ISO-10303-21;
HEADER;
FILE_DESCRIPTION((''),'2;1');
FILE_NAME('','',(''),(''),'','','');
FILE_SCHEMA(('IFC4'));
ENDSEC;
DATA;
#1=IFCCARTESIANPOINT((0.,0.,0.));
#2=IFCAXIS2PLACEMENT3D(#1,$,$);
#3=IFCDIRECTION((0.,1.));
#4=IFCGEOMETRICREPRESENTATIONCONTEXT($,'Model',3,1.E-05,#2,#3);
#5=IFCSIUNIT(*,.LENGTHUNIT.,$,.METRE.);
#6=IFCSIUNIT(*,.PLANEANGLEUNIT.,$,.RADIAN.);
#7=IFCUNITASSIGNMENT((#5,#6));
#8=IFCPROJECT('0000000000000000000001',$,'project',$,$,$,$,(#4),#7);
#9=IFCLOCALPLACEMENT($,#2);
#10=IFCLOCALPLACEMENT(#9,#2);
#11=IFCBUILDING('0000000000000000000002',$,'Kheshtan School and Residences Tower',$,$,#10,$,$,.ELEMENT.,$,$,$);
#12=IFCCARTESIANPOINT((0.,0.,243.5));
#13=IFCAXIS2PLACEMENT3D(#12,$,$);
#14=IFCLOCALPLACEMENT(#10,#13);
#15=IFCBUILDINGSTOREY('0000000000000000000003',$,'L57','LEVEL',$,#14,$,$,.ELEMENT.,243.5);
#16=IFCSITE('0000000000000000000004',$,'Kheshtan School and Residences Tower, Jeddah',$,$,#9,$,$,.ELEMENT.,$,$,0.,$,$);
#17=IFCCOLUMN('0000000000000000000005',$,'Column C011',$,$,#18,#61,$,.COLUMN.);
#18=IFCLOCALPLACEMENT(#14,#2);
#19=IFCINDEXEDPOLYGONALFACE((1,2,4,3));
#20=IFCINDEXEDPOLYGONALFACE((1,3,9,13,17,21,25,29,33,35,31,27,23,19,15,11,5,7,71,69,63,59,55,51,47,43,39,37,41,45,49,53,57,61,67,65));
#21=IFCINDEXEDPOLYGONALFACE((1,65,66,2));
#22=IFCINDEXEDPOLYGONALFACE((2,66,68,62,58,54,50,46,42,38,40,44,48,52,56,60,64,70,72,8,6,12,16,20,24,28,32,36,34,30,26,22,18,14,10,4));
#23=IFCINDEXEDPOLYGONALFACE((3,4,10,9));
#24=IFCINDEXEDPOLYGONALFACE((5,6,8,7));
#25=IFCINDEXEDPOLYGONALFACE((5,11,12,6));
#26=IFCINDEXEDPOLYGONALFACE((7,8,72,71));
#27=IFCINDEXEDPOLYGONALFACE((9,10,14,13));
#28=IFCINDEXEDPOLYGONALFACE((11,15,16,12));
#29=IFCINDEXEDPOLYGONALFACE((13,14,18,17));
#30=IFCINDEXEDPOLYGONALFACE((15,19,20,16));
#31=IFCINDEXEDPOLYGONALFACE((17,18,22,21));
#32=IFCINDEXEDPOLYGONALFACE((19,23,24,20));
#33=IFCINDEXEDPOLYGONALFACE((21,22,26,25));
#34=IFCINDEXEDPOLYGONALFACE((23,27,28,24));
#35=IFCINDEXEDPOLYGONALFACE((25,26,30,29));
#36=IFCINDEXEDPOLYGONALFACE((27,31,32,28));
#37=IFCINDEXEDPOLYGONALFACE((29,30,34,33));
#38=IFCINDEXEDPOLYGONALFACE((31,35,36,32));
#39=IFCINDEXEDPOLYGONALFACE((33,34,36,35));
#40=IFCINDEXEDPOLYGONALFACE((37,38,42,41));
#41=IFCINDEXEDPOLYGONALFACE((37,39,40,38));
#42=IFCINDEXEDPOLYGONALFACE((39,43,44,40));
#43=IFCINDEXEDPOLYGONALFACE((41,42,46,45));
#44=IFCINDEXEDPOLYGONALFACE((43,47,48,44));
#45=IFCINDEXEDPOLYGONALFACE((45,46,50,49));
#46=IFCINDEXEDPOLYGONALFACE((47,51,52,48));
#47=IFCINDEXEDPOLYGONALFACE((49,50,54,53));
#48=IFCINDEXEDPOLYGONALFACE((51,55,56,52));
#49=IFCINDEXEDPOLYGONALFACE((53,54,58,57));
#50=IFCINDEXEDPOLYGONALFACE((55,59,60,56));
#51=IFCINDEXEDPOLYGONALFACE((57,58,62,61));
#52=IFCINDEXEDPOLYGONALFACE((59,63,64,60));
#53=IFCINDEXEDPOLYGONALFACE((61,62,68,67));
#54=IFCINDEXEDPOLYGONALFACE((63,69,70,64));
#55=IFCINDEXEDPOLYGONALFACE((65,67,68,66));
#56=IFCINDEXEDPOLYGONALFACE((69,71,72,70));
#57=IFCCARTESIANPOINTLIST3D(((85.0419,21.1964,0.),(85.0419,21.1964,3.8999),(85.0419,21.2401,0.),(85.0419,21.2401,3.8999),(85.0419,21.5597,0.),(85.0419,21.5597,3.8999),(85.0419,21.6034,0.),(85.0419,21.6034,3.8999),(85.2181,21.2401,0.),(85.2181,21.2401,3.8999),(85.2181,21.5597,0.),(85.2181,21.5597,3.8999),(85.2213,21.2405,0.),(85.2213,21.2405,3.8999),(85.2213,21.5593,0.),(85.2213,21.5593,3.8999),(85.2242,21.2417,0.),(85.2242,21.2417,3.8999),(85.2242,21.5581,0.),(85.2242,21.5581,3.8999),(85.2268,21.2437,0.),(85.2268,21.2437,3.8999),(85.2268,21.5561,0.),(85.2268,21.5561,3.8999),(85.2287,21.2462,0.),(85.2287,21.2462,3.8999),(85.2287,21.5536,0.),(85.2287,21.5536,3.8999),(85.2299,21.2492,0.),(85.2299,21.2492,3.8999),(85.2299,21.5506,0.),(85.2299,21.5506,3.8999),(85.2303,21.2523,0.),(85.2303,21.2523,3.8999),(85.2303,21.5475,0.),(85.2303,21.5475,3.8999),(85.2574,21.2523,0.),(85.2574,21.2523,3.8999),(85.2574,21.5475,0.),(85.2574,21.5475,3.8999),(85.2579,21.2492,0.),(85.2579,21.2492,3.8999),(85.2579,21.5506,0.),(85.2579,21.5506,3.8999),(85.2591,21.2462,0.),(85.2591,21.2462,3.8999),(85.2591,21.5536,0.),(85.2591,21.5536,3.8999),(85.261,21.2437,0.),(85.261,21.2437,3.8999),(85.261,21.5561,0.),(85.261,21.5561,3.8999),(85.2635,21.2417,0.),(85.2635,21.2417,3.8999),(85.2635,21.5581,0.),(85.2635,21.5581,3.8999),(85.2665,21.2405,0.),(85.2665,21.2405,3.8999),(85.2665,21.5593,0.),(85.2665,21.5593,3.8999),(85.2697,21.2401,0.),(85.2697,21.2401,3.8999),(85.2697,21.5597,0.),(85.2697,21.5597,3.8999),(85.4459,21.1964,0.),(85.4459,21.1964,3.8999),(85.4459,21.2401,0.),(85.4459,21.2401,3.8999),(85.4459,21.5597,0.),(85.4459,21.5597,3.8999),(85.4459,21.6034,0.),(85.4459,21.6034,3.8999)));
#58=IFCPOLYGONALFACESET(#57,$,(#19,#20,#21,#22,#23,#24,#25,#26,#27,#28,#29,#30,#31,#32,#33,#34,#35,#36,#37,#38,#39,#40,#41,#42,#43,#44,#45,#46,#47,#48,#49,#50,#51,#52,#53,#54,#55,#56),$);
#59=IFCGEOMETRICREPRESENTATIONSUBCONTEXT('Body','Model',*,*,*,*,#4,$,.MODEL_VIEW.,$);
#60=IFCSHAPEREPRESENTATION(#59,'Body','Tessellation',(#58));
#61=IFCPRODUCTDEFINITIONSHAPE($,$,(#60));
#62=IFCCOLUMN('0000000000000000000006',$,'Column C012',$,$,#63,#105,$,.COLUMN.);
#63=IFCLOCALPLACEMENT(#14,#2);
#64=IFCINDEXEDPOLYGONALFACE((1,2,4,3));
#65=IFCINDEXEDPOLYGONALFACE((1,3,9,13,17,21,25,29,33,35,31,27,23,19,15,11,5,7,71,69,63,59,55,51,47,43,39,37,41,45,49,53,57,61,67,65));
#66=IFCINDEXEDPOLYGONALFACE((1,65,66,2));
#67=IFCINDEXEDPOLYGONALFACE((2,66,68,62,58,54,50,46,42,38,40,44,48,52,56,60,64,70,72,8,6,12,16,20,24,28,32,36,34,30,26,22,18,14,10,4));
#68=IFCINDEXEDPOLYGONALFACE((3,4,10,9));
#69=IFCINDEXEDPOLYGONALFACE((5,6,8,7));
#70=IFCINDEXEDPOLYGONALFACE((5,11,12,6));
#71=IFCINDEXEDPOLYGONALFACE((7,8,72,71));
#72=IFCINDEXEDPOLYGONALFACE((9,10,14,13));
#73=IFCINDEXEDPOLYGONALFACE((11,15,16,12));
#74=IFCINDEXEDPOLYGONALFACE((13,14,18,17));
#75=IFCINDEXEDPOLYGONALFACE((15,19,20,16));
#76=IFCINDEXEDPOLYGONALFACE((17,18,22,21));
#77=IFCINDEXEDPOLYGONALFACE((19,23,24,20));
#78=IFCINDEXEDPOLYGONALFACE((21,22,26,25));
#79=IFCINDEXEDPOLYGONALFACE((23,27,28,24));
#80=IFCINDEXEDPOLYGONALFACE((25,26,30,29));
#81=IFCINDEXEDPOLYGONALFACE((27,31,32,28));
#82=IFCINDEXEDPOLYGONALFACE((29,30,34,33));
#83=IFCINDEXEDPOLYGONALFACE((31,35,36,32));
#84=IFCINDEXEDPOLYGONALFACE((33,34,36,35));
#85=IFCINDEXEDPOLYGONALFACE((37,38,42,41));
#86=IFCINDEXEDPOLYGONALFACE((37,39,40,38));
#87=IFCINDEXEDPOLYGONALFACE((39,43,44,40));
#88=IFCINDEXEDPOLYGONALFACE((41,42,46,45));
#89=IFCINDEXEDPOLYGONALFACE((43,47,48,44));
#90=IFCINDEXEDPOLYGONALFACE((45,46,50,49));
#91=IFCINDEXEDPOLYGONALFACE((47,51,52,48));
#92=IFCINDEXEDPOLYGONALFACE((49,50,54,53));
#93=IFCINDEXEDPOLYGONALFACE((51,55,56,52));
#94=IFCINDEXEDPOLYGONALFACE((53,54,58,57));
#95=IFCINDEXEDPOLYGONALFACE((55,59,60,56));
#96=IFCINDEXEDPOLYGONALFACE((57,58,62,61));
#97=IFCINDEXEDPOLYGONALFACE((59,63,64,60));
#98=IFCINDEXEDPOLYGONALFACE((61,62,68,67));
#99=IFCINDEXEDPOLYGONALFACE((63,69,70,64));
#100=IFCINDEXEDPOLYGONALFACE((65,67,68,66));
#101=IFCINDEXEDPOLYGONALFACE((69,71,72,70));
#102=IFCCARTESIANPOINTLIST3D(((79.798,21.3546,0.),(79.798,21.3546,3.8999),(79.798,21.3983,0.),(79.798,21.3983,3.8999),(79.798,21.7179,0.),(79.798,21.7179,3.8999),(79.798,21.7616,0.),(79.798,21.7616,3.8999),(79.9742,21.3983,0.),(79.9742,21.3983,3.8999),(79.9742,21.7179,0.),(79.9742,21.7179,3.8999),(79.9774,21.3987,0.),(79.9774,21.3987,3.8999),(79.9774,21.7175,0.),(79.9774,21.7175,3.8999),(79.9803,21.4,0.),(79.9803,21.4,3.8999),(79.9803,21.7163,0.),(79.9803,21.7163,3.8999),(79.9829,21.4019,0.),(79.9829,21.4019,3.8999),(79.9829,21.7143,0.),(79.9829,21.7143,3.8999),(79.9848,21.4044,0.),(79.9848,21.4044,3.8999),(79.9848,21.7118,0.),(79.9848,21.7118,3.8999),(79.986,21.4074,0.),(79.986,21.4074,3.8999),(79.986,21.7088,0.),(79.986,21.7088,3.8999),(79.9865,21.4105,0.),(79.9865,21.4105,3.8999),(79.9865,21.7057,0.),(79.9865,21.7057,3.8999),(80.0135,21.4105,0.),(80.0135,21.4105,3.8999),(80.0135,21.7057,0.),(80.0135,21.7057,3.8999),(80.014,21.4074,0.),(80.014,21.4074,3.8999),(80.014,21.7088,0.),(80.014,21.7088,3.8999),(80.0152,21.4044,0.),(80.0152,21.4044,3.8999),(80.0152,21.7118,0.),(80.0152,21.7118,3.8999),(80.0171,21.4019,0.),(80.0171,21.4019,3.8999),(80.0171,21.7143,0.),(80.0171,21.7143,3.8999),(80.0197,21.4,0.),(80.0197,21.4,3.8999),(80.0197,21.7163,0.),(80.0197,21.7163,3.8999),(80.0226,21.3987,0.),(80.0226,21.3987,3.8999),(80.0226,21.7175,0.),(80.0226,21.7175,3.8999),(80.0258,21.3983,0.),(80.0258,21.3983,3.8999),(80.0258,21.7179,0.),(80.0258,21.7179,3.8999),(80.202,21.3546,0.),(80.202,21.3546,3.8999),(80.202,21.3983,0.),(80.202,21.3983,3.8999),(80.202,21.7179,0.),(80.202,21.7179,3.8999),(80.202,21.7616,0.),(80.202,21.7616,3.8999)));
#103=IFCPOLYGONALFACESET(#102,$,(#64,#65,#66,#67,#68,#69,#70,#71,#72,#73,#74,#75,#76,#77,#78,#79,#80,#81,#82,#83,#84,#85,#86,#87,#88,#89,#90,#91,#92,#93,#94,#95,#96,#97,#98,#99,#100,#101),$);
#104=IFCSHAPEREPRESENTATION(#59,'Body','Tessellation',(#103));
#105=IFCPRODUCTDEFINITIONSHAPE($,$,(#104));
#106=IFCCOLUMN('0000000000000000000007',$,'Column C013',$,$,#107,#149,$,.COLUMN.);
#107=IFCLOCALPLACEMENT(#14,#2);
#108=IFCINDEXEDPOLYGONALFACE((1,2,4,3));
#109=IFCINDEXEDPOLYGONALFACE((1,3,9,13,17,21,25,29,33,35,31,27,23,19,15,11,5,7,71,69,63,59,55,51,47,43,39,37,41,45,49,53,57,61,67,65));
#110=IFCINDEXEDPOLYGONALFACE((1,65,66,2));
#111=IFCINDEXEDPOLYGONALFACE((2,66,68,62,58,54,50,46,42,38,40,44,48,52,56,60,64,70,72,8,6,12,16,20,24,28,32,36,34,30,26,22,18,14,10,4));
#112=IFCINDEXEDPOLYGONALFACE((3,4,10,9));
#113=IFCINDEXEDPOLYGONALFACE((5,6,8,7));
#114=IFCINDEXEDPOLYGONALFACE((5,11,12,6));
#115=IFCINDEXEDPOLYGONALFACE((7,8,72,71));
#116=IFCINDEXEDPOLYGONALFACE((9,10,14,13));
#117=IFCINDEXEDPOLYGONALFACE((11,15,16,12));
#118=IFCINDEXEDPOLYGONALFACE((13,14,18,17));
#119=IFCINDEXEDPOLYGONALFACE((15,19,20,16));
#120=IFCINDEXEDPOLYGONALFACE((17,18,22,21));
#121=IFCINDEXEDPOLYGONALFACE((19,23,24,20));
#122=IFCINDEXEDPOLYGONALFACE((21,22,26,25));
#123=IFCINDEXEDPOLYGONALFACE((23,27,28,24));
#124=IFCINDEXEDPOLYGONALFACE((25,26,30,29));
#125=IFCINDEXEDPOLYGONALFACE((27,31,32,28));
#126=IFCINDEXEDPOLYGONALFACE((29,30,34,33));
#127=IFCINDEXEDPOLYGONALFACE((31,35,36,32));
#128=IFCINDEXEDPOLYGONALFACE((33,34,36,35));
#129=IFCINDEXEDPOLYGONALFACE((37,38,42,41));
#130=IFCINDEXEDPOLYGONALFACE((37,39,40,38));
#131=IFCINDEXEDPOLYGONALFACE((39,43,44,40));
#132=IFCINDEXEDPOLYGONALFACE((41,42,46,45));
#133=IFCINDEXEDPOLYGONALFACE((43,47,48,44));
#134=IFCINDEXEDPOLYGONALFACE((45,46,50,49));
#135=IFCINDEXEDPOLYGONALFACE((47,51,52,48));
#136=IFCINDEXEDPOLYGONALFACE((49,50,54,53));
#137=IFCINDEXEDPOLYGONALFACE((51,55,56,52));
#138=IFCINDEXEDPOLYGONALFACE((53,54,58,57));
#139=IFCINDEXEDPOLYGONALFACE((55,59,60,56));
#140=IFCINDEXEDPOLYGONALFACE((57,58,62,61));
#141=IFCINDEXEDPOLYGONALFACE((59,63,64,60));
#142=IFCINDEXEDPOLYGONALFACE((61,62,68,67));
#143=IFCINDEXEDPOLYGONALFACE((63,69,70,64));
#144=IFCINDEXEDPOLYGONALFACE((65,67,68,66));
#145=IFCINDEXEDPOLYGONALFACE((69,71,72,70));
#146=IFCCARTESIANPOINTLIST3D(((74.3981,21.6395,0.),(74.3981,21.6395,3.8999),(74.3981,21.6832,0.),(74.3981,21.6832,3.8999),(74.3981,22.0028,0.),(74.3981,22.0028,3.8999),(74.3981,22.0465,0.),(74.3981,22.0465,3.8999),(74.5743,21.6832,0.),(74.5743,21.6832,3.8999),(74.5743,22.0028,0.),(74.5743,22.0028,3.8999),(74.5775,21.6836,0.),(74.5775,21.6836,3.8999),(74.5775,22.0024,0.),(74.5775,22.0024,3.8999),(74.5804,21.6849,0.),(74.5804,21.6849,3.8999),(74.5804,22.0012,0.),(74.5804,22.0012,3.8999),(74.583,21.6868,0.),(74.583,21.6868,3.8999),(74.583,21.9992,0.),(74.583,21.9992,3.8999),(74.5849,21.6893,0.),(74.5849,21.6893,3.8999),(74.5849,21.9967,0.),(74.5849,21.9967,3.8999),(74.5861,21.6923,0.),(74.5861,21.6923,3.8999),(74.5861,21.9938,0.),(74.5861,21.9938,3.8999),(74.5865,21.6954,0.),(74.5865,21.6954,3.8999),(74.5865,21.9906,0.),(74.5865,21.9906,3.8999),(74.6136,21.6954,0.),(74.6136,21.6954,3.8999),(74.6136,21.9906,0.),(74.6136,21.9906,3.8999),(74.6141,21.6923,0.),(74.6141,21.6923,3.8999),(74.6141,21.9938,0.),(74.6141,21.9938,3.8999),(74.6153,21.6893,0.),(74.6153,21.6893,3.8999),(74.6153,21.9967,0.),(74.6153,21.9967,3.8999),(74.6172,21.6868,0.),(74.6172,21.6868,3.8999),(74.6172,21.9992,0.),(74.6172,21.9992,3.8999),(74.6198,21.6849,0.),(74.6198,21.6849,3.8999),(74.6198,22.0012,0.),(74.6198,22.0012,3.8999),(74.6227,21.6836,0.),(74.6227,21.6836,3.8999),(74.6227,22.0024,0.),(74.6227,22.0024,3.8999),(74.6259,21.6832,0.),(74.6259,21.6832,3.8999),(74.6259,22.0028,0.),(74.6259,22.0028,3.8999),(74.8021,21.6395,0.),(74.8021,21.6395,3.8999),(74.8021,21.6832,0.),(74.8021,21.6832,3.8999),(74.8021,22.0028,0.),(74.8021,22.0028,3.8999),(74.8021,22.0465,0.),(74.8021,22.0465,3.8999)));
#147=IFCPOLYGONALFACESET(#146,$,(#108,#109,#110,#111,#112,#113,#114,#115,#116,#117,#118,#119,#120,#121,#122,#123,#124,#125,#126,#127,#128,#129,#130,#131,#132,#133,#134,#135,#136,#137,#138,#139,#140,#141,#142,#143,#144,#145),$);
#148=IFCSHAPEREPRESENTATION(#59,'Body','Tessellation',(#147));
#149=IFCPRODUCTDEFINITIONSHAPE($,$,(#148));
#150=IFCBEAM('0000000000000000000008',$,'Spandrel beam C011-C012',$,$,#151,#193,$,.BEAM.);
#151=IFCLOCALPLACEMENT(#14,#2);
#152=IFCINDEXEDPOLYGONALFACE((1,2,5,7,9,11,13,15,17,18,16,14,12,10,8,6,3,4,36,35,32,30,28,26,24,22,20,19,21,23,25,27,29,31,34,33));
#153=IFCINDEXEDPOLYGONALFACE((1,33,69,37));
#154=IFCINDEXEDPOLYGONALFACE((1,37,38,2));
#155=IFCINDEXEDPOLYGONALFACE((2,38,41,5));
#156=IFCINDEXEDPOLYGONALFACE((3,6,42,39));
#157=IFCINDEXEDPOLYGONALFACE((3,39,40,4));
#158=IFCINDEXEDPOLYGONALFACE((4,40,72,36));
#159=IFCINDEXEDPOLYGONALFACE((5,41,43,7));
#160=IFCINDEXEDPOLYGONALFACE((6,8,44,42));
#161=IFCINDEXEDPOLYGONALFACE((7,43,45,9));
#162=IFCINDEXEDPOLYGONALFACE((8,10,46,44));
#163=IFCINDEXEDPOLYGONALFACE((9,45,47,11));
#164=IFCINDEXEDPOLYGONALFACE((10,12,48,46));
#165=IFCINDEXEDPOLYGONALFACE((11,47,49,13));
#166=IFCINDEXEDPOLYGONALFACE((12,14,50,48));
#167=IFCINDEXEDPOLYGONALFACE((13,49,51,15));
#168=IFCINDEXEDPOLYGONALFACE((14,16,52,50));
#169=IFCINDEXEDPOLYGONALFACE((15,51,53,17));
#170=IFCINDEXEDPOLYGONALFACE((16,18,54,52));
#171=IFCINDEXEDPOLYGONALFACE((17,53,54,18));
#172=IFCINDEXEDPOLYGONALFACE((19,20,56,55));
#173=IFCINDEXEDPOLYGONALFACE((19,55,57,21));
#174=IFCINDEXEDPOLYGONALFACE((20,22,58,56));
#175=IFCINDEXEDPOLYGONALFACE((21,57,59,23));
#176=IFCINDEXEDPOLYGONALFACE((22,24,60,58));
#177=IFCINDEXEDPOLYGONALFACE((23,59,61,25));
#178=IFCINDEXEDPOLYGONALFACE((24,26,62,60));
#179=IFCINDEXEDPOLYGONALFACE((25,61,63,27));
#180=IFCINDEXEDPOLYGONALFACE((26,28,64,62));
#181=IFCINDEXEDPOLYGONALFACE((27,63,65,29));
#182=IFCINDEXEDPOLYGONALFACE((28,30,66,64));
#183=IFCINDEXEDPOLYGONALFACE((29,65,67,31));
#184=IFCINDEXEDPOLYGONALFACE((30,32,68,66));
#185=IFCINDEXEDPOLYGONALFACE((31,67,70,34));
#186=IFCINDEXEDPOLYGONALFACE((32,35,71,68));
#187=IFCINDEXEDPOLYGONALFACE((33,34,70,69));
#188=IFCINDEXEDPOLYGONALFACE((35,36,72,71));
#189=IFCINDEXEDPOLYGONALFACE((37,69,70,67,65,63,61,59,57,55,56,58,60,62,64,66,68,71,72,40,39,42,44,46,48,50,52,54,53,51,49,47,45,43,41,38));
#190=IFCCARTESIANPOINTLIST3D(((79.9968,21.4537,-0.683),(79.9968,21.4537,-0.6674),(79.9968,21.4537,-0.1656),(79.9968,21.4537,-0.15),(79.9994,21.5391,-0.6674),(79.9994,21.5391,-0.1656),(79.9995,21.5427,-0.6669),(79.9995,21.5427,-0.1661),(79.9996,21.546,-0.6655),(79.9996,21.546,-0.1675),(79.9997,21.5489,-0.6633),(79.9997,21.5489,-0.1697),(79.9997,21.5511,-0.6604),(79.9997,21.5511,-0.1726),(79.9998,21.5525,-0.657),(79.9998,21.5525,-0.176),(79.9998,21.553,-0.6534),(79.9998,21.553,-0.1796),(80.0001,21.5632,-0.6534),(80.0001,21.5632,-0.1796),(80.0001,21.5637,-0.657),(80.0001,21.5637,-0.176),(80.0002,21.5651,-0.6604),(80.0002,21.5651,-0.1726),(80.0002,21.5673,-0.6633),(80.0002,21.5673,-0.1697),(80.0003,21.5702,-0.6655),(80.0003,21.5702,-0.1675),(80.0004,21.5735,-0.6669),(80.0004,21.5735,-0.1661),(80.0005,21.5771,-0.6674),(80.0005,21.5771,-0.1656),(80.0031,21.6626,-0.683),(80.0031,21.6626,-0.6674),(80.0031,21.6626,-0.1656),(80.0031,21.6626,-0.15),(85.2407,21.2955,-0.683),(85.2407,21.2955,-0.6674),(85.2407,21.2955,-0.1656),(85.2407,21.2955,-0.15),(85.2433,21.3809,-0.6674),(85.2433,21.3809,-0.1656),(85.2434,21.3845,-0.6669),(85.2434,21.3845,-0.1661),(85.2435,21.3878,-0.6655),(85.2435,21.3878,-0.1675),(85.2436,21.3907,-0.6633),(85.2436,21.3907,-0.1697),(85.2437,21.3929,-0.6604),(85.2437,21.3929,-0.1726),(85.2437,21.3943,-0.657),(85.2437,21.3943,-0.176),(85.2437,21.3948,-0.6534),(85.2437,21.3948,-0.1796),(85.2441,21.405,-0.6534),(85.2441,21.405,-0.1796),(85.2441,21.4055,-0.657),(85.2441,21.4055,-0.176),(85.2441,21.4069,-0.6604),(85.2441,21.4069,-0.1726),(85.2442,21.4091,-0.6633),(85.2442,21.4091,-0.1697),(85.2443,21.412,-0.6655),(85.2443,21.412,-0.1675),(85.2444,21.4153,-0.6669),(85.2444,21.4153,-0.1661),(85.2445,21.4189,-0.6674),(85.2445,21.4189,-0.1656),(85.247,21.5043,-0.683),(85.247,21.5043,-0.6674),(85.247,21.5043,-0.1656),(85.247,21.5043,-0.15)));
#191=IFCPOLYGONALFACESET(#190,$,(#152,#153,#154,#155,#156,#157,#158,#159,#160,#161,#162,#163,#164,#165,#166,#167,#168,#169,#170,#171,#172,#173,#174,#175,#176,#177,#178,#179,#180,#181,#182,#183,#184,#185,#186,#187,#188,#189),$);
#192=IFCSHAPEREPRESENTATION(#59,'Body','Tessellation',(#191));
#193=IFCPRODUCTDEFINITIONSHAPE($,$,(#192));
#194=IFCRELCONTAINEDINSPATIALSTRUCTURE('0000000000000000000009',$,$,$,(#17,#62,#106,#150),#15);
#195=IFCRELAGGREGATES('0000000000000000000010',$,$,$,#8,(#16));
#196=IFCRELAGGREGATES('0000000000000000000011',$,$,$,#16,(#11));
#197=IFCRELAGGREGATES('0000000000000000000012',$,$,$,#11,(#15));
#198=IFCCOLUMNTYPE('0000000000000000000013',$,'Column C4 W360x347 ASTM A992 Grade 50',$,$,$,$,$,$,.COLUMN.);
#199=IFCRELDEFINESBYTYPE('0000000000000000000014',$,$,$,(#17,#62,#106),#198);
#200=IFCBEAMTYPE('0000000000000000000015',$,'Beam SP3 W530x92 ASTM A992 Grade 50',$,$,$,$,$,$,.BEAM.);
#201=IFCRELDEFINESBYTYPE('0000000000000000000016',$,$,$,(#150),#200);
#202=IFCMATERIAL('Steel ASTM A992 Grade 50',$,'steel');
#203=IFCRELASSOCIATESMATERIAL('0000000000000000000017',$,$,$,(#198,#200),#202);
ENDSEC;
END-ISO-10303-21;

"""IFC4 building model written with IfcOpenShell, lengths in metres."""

from ifc_helpers import new_model, si_unit, direction, frame, origin, origin_2d, place, context, subcontext, project, spatial, i_section, extrude, material, material_profile, profile_set, type_object, element, save


model = new_model("IFC4")

# Units and contexts
model_context = context("Model", 3, precision=1e-05, world=origin(), true_north=direction((0.0, 1.0)))
body_context = subcontext(model_context, "Body", "Model", "MODEL_VIEW")
ifc_project = project(units=[si_unit("LENGTHUNIT", "METRE"), si_unit("PLANEANGLEUNIT", "RADIAN")], contexts=[model_context])

# Site, building, storey
site_placement = place(None, origin())
site = spatial("IfcSite", under=ifc_project, at=site_placement, Name="Kheshtan School and Residences Tower, Jeddah", CompositionType="ELEMENT", RefElevation=0.0)
building_placement = place(site_placement, origin())
building = spatial("IfcBuilding", under=site, at=building_placement, Name="Kheshtan School and Residences Tower", CompositionType="ELEMENT")
storey_placement = place(building_placement, frame((0.0, 0.0, 243.5)))
storey = spatial("IfcBuildingStorey", under=building, at=storey_placement, Name="L57", Description="LEVEL", CompositionType="ELEMENT", Elevation=243.5)

# Columns
ifc_material_1 = material(Name="Steel ASTM A992 Grade 50", Category="steel")
ifc_material_profile_1 = material_profile(ifc_material_1, i_section(OverallWidth=0.4041, OverallDepth=0.407, WebThickness=0.0271, FlangeThickness=0.0437, FilletRadius=0.0122, at=origin_2d()), Name="W360x347")
ifc_profile_set_1 = profile_set([ifc_material_profile_1], Name="Steel ASTM A992 Grade 50")
column_type = type_object("IfcColumnType", Name="Column C4 W360x347 ASTM A992 Grade 50", PredefinedType="COLUMN", material=ifc_profile_set_1)
for number, where, z_axis, x_axis, name in (
    (1, (85.2439, 21.3999, 0.0), (0.0, 0.0, 1.0), (1.0, 0.0, 0.0), "Column C011"),
    (2, (80.0, 21.5581, 0.0), (0.0, 0.0, 1.0), (1.0, 0.0, 0.0), "Column C012"),
    (3, (74.6001, 21.843, 0.0), (0.0, 0.0, 1.0), (1.0, 0.0, 0.0), "Column C013"),
):
    element("IfcColumn", number, at=place(storey_placement, frame(where, z_axis=z_axis, x_axis=x_axis)), inside=storey, type_object=column_type, Name=name, PredefinedType="COLUMN", context=body_context, shape_type="SweptSolid", body=[
        extrude(i_section(OverallWidth=0.4041, OverallDepth=0.407, WebThickness=0.0271, FlangeThickness=0.0437, FilletRadius=0.0122, at=origin_2d()), origin(), (0.0, 0.0, 1.0), 3.8999),
    ])

# Beam
ifc_material_profile_2 = material_profile(ifc_material_1, i_section(OverallWidth=0.209, OverallDepth=0.533, WebThickness=0.0103, FlangeThickness=0.0156, FilletRadius=0.0139, at=origin_2d()), Name="W530x92")
ifc_profile_set_2 = profile_set([ifc_material_profile_2], Name="Steel ASTM A992 Grade 50")
beam_type = type_object("IfcBeamType", Name="Beam SP3 W530x92 ASTM A992 Grade 50", PredefinedType="BEAM", material=ifc_profile_set_2)
beam_1_placement = place(storey_placement, frame((85.2439, 21.3999, -0.4165), z_axis=(-0.999545, 0.030155, 0.0), x_axis=(-0.030155, -0.999545, 0.0)))
element("IfcBeam", 4, at=beam_1_placement, inside=storey, type_object=beam_type, Name="Spandrel beam C011-C012", PredefinedType="BEAM", context=body_context, shape_type="SweptSolid", body=[
    extrude(i_section(OverallWidth=0.209, OverallDepth=0.533, WebThickness=0.0103, FlangeThickness=0.0156, FilletRadius=0.0139, at=origin_2d()), origin(), (0.0, 0.0, 1.0), 5.2463),
])

save(model, "model.ifc")
